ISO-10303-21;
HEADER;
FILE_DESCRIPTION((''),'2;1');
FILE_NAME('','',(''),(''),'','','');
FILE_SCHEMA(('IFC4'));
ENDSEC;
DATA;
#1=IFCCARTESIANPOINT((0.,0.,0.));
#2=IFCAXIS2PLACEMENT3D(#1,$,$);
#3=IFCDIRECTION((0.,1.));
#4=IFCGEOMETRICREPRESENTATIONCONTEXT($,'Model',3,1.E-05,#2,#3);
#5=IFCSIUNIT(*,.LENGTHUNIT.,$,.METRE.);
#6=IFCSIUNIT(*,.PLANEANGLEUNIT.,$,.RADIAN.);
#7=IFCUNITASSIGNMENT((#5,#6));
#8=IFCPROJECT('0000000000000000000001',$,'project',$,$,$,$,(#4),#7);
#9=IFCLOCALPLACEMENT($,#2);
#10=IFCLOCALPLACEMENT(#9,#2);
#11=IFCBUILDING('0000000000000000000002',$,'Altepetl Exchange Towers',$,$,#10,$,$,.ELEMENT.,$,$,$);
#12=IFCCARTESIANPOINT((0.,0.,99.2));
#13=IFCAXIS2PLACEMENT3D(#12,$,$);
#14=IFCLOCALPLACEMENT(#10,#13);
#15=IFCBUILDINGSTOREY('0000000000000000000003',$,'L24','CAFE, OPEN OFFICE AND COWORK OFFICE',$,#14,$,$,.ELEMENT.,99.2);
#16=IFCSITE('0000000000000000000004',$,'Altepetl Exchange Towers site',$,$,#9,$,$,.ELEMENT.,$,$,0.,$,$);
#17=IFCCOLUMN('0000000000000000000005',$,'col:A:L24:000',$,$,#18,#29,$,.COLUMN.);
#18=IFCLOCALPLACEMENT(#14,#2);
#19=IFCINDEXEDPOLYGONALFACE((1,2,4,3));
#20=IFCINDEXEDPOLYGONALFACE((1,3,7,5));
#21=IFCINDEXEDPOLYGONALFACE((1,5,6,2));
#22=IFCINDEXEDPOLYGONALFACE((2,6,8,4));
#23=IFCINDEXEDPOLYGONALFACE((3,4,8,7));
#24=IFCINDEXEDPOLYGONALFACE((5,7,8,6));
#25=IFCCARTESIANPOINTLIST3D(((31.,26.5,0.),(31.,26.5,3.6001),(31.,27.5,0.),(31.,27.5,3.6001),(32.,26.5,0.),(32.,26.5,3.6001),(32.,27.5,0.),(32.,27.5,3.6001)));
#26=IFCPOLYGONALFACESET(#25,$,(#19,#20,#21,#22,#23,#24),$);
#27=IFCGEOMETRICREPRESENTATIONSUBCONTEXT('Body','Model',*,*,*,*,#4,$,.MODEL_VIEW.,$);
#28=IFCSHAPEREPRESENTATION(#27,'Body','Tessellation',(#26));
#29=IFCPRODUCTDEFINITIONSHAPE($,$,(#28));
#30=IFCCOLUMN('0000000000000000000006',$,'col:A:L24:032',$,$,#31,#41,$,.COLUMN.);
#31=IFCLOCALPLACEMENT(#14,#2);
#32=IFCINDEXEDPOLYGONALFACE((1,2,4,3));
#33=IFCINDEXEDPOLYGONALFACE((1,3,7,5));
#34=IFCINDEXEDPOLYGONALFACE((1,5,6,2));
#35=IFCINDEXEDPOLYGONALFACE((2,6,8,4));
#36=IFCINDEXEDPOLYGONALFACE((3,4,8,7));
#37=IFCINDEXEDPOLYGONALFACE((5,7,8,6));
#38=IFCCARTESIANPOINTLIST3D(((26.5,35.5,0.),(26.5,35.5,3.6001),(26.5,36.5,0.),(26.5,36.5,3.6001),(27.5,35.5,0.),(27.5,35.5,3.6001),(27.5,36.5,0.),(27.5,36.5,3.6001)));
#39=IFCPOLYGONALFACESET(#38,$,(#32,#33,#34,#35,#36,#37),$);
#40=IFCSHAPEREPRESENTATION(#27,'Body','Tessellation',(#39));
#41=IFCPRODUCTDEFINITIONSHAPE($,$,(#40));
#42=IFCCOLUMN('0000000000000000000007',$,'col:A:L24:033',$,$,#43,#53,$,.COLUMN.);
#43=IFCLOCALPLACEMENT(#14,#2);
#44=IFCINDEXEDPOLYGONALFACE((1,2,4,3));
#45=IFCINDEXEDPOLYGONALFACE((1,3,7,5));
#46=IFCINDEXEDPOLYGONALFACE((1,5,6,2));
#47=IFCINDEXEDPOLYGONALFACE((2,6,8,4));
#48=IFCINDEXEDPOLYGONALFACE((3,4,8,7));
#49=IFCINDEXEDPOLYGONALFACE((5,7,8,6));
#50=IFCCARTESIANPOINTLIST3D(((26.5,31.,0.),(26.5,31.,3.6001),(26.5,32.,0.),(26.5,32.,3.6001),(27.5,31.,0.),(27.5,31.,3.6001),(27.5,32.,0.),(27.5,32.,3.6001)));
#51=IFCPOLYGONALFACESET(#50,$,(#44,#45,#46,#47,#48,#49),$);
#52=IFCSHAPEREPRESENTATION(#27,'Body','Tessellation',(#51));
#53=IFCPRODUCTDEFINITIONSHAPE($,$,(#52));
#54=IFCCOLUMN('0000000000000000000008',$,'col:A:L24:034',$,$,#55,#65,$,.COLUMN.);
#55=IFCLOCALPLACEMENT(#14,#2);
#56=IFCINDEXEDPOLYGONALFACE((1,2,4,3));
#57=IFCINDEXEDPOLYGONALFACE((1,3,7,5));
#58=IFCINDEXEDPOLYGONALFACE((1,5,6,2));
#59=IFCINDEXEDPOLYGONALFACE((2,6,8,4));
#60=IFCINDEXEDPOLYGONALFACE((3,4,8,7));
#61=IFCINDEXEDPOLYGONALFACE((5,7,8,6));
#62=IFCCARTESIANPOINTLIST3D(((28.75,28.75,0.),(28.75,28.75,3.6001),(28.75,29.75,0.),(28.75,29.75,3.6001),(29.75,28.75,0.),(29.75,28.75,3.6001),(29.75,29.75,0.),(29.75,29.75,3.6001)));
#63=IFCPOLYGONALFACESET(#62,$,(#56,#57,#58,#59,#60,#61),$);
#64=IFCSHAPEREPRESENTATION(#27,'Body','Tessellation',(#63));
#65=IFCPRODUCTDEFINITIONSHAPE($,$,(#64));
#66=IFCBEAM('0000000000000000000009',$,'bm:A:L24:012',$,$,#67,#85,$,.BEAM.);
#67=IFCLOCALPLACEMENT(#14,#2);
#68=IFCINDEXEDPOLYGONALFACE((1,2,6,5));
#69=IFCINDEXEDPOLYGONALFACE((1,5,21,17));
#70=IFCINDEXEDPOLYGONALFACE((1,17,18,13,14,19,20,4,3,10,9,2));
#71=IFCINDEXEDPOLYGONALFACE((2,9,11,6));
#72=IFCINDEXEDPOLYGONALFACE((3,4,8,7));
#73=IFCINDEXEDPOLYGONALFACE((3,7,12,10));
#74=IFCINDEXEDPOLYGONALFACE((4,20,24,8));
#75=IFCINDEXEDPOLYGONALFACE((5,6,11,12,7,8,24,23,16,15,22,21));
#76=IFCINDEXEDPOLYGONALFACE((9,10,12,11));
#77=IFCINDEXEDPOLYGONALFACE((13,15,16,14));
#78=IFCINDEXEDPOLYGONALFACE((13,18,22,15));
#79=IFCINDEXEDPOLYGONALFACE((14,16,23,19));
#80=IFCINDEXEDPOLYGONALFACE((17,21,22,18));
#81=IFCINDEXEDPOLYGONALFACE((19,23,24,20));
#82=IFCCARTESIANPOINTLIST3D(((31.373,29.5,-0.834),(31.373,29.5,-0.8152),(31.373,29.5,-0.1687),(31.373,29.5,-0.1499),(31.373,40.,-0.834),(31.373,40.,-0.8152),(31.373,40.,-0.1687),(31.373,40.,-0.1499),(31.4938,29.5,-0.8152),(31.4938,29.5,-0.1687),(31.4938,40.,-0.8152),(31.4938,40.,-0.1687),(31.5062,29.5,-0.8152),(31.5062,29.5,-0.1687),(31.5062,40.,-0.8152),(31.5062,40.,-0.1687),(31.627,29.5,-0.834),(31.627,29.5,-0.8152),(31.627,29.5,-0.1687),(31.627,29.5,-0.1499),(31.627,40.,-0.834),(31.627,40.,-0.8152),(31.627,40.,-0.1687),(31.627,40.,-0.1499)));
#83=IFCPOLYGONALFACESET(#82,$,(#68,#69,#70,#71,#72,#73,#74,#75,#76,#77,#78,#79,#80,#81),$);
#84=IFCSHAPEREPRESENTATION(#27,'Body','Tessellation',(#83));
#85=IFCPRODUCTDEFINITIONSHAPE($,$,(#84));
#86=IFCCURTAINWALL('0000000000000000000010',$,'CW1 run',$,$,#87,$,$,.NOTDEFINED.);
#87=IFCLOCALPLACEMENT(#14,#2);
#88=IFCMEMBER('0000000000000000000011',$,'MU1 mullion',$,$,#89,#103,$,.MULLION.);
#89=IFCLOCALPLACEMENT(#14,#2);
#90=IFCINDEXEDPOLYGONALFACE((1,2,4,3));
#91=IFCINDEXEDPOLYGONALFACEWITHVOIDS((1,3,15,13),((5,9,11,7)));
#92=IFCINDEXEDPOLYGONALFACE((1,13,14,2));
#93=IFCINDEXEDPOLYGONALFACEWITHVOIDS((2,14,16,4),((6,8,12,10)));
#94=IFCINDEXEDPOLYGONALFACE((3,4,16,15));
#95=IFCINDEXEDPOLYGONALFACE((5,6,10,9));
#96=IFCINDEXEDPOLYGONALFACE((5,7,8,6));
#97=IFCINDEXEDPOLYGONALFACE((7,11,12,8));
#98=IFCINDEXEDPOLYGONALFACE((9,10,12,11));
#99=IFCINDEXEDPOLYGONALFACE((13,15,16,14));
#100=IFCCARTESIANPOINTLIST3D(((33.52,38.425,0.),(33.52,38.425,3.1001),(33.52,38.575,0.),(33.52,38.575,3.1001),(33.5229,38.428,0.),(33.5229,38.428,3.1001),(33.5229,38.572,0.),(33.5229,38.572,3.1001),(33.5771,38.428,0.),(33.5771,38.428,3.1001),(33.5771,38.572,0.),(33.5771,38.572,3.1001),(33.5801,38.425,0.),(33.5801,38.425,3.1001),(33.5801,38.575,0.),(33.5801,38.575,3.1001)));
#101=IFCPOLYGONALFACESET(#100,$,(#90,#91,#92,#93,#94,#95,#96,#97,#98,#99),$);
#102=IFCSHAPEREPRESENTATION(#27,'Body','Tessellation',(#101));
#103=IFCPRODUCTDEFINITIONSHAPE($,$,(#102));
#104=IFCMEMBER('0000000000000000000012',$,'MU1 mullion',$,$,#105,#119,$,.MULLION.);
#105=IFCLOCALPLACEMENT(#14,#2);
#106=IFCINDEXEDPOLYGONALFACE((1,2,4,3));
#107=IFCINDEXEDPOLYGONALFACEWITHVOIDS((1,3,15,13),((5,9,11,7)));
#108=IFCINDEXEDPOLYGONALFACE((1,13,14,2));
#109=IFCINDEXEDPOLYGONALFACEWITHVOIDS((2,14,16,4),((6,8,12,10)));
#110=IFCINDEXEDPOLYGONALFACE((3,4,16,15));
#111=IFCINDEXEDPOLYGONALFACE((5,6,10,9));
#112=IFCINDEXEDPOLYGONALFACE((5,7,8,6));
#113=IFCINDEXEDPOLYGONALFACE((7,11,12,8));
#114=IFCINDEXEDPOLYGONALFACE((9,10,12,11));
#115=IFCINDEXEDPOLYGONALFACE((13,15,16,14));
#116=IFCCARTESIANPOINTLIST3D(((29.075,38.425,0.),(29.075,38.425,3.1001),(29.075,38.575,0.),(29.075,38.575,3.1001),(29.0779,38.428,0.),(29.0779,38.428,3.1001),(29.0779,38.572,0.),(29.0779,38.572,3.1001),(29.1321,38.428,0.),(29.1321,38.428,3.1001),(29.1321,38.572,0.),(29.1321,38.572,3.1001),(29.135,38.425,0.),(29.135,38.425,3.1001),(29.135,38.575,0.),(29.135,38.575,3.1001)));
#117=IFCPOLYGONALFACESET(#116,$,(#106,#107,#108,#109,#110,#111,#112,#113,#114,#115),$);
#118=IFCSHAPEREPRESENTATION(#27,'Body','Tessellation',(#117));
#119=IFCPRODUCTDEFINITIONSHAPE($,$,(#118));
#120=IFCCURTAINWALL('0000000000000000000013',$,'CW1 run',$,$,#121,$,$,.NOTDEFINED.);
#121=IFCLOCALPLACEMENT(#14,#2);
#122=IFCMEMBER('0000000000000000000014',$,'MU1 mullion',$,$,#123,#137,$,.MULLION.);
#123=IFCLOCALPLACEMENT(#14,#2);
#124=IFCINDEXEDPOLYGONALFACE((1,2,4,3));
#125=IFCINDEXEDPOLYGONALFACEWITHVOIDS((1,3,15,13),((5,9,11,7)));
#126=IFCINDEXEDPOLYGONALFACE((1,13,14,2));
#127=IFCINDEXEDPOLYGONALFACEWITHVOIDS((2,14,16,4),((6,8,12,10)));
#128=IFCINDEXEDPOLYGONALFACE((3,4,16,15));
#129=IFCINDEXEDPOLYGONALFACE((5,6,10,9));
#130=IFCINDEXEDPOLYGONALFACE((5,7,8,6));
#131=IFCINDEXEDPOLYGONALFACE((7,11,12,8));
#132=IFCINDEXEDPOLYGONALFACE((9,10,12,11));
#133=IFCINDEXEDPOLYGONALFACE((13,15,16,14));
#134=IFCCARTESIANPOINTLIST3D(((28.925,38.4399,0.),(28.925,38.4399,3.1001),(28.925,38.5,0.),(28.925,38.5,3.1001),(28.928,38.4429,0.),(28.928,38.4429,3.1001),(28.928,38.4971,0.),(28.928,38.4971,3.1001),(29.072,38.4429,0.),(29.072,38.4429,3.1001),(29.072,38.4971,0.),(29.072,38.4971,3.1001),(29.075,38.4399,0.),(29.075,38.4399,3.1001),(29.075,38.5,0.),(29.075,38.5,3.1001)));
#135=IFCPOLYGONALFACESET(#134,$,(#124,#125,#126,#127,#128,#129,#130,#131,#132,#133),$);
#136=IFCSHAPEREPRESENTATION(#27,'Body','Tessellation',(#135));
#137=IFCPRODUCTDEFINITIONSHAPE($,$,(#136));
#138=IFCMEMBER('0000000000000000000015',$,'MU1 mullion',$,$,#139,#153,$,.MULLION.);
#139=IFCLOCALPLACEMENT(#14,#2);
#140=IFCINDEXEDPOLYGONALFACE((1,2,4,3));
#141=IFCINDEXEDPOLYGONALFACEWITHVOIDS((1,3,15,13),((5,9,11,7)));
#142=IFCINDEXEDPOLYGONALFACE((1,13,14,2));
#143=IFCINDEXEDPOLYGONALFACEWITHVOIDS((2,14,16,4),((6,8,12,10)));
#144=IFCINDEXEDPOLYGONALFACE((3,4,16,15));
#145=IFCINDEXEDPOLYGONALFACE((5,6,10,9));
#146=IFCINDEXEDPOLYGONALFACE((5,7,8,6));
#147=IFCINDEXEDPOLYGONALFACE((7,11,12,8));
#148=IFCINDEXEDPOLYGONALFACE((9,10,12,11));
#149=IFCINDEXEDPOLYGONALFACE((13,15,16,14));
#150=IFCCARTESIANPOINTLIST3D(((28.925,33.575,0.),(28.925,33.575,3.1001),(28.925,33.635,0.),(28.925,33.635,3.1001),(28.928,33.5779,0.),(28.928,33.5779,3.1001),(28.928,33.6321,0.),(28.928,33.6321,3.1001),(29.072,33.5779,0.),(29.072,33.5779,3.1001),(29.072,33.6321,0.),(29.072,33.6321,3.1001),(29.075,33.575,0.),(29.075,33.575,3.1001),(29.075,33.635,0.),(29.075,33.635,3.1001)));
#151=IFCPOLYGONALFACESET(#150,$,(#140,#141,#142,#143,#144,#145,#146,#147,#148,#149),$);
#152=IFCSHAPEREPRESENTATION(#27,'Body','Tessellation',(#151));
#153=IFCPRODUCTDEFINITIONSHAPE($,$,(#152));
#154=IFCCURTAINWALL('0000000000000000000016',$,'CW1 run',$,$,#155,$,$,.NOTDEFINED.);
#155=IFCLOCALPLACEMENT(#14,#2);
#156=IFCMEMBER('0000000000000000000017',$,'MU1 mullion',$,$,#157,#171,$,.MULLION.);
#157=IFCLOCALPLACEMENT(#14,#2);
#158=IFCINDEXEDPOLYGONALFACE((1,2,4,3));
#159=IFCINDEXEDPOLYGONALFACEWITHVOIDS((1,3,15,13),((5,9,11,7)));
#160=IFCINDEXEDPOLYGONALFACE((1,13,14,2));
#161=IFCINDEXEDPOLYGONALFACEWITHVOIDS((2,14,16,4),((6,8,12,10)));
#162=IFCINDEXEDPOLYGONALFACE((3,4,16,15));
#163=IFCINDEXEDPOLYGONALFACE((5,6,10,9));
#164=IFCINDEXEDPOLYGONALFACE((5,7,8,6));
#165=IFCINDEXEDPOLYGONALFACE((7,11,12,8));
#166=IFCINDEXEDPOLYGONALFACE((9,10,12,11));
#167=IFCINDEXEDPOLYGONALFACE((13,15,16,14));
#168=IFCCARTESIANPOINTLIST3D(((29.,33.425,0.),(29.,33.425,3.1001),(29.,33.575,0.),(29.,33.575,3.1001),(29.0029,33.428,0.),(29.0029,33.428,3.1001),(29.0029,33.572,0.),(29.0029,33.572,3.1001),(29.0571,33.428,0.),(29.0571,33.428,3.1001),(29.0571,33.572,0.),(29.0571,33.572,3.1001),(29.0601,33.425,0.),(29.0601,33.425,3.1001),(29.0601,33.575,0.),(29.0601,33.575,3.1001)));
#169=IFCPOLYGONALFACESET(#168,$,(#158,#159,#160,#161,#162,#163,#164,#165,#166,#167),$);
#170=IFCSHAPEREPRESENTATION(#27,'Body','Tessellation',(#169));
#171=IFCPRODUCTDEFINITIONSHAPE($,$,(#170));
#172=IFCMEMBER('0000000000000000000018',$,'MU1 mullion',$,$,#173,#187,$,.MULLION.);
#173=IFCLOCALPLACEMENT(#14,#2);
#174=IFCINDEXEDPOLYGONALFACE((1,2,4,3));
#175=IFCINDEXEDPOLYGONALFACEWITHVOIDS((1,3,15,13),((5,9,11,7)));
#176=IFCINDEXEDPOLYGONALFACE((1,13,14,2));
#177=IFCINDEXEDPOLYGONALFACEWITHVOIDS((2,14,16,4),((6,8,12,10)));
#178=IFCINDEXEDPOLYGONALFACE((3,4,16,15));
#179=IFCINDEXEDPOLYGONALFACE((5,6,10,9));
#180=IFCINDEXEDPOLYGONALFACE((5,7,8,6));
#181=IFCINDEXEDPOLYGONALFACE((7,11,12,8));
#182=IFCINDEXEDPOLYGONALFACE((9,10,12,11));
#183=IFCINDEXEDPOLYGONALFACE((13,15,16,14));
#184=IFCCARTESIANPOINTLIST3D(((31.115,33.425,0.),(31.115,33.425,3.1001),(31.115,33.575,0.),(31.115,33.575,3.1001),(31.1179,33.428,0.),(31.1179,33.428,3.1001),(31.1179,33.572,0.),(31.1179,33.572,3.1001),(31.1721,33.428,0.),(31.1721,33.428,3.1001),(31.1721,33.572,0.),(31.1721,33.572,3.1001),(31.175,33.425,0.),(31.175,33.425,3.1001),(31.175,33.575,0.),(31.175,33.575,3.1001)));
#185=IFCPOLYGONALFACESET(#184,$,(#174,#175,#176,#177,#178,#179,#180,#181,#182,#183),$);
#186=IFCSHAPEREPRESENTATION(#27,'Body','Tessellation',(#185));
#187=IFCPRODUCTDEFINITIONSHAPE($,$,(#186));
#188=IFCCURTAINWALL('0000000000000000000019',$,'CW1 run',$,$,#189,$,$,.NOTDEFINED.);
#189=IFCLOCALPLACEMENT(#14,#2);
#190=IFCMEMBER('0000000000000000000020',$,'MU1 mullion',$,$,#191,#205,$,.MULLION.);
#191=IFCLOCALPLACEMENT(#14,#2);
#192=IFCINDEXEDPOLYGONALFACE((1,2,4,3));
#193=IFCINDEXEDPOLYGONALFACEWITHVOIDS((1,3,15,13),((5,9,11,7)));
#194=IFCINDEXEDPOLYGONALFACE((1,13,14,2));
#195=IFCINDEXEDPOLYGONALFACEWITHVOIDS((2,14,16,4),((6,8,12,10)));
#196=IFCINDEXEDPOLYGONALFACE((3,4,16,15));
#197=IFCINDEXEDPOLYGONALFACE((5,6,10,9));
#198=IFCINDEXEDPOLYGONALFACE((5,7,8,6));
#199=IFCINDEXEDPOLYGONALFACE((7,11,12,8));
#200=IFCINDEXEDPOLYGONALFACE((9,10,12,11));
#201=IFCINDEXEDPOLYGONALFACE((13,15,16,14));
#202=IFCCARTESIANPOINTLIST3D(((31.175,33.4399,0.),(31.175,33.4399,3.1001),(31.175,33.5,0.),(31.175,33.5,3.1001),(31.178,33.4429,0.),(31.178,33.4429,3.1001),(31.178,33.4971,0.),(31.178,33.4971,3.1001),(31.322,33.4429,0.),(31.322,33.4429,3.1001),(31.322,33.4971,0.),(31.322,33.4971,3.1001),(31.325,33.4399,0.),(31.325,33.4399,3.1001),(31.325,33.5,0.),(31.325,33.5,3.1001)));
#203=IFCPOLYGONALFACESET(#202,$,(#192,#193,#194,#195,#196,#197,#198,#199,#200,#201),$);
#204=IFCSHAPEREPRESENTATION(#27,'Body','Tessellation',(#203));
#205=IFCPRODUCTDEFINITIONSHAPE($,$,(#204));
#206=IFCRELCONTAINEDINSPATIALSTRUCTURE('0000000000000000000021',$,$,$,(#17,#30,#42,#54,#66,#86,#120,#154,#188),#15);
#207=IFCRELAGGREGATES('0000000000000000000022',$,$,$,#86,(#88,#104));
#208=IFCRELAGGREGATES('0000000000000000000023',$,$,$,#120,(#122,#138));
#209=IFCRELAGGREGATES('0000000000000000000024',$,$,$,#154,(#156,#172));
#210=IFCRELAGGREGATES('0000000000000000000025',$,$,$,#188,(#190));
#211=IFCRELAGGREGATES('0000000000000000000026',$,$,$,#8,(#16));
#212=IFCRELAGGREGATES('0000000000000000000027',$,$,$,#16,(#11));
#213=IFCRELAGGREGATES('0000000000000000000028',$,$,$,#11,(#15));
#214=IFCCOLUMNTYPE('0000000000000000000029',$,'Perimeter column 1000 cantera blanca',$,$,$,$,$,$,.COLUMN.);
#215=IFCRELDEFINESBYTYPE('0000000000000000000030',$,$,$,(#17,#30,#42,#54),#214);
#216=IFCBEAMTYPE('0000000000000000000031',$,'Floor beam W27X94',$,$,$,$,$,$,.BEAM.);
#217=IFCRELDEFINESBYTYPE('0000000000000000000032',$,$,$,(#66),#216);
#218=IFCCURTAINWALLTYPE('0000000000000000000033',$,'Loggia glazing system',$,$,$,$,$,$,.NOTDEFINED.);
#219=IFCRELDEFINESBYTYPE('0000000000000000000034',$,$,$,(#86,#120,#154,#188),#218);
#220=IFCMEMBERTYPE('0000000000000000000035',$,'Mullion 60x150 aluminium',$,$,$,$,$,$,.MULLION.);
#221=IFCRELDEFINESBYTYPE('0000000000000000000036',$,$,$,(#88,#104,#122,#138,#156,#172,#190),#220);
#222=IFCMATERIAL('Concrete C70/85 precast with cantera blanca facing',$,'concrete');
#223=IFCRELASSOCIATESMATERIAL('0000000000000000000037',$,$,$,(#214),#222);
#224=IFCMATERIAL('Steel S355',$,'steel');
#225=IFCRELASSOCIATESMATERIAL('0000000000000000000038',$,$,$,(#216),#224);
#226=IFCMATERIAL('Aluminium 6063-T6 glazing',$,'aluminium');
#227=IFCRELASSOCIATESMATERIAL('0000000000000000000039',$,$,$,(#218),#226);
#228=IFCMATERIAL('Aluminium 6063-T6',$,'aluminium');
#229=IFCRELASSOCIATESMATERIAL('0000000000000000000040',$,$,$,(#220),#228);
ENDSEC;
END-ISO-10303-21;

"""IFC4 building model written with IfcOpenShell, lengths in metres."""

from ifc_helpers import new_model, si_unit, direction, frame, origin, origin_2d, place, context, subcontext, project, spatial, rectangle, hollow_rectangle, i_section, extrude, material, material_profile, profile_set, type_object, element, aggregate, save


model = new_model("IFC4")

# Units and contexts
model_context = context("Model", 3, precision=1e-05, world=origin(), true_north=direction((0.0, 1.0)))
body_context = subcontext(model_context, "Body", "Model", "MODEL_VIEW")
ifc_project = project(units=[si_unit("LENGTHUNIT", "METRE"), si_unit("PLANEANGLEUNIT", "RADIAN")], contexts=[model_context])

# Site, building, storey
site_placement = place(None, origin())
site = spatial("IfcSite", under=ifc_project, at=site_placement, Name="Altepetl Exchange Towers site", CompositionType="ELEMENT", RefElevation=0.0)
building_placement = place(site_placement, origin())
building = spatial("IfcBuilding", under=site, at=building_placement, Name="Altepetl Exchange Towers", CompositionType="ELEMENT")
storey_placement = place(building_placement, frame((0.0, 0.0, 99.2)))
storey = spatial("IfcBuildingStorey", under=building, at=storey_placement, Name="L24", Description="CAFE, OPEN OFFICE AND COWORK OFFICE", CompositionType="ELEMENT", Elevation=99.2)

# Columns
ifc_material_1 = material(Name="Concrete C70/85 precast with cantera blanca facing", Category="concrete")
ifc_material_profile_1 = material_profile(ifc_material_1, rectangle(XDim=1.0, YDim=1.0, at=origin_2d()), Name="1000 x 1000")
ifc_profile_set_1 = profile_set([ifc_material_profile_1], Name="Concrete C70/85 precast with cantera blanca facing")
column_type = type_object("IfcColumnType", Name="Perimeter column 1000 cantera blanca", PredefinedType="COLUMN", material=ifc_profile_set_1)
for number, where, name in (
    (1, (31.5, 27.0, 0.0), "col:A:L24:000"),
    (2, (27.0, 36.0, 0.0), "col:A:L24:032"),
    (3, (27.0, 31.5, 0.0), "col:A:L24:033"),
    (4, (29.25, 29.25, 0.0), "col:A:L24:034"),
):
    element("IfcColumn", number, at=place(storey_placement, frame(where)), inside=storey, type_object=column_type, Name=name, PredefinedType="COLUMN", context=body_context, shape_type="SweptSolid", body=[
        extrude(rectangle(XDim=1.0, YDim=1.0, at=origin_2d()), origin(), (0.0, 0.0, 1.0), 3.6001),
    ])

# Beam
ifc_material_2 = material(Name="Steel S355", Category="steel")
ifc_material_profile_2 = material_profile(ifc_material_2, i_section(OverallWidth=0.2539, OverallDepth=0.6841, WebThickness=0.0125, FlangeThickness=0.0188, at=origin_2d()), Name="W27X94")
ifc_profile_set_2 = profile_set([ifc_material_profile_2], Name="Steel S355")
beam_type_1 = type_object("IfcBeamType", Name="Floor beam W27X94", PredefinedType="BEAM", material=ifc_profile_set_2)
beam_1_placement = place(storey_placement, frame((31.5, 29.5, -0.4919), z_axis=(0.0, 1.0, 0.0), x_axis=(-1.0, 0.0, 0.0)))
element("IfcBeam", 5, at=beam_1_placement, inside=storey, type_object=beam_type_1, Name="bm:A:L24:012", PredefinedType="BEAM", context=body_context, shape_type="SweptSolid", body=[
    extrude(i_section(OverallWidth=0.2539, OverallDepth=0.6841, WebThickness=0.0125, FlangeThickness=0.0188, at=origin_2d()), origin(), (0.0, 0.0, 1.0), 10.5),
])

# Curtain walls, members
ifc_material_3 = material(Name="Aluminium 6063-T6 glazing", Category="aluminium")
curtain_wall_type = type_object("IfcCurtainWallType", Name="Loggia glazing system", PredefinedType="NOTDEFINED", material=ifc_material_3)
curtain_wall_1_placement = place(storey_placement, origin())
curtain_wall_1 = element("IfcCurtainWall", 6, at=curtain_wall_1_placement, inside=storey, type_object=curtain_wall_type, Name="CW1 run", PredefinedType="NOTDEFINED")
ifc_material_4 = material(Name="Aluminium 6063-T6", Category="aluminium")
ifc_material_profile_3 = material_profile(ifc_material_4, hollow_rectangle(XDim=0.0601, YDim=0.1499, WallThickness=0.0029, at=origin_2d()), Name="Mullion 60x150 aluminium")
ifc_profile_set_3 = profile_set([ifc_material_profile_3], Name="Aluminium 6063-T6")
member_type = type_object("IfcMemberType", Name="Mullion 60x150 aluminium", PredefinedType="MULLION", material=ifc_profile_set_3)
member_1_placement = place(storey_placement, frame((33.55, 38.5, 0.0), z_axis=(0.0, 0.0, 1.0), x_axis=(-1.0, 0.0, 0.0)))
member_1 = element("IfcMember", 7, at=member_1_placement, type_object=member_type, Name="MU1 mullion", PredefinedType="MULLION", context=body_context, shape_type="SweptSolid", body=[
    extrude(hollow_rectangle(XDim=0.0601, YDim=0.1499, WallThickness=0.0029, at=origin_2d()), origin(), (0.0, 0.0, 1.0), 3.1001),
])
member_2_placement = place(storey_placement, frame((29.105, 38.5, 0.0), z_axis=(0.0, 0.0, 1.0), x_axis=(-1.0, 0.0, 0.0)))
member_2 = element("IfcMember", 8, at=member_2_placement, type_object=member_type, Name="MU1 mullion", PredefinedType="MULLION", context=body_context, shape_type="SweptSolid", body=[
    extrude(hollow_rectangle(XDim=0.0601, YDim=0.1499, WallThickness=0.0029, at=origin_2d()), origin(), (0.0, 0.0, 1.0), 3.1001),
])
curtain_wall_2_placement = place(storey_placement, origin())
curtain_wall_2 = element("IfcCurtainWall", 9, at=curtain_wall_2_placement, inside=storey, type_object=curtain_wall_type, Name="CW1 run", PredefinedType="NOTDEFINED")
member_3_placement = place(storey_placement, frame((29.0, 38.47, 0.0), z_axis=(0.0, 0.0, 1.0), x_axis=(0.0, -1.0, 0.0)))
member_3 = element("IfcMember", 10, at=member_3_placement, type_object=member_type, Name="MU1 mullion", PredefinedType="MULLION", context=body_context, shape_type="SweptSolid", body=[
    extrude(hollow_rectangle(XDim=0.0601, YDim=0.1499, WallThickness=0.0029, at=origin_2d()), origin(), (0.0, 0.0, 1.0), 3.1001),
])
member_4_placement = place(storey_placement, frame((29.0, 33.605, 0.0), z_axis=(0.0, 0.0, 1.0), x_axis=(0.0, -1.0, 0.0)))
member_4 = element("IfcMember", 11, at=member_4_placement, type_object=member_type, Name="MU1 mullion", PredefinedType="MULLION", context=body_context, shape_type="SweptSolid", body=[
    extrude(hollow_rectangle(XDim=0.0601, YDim=0.1499, WallThickness=0.0029, at=origin_2d()), origin(), (0.0, 0.0, 1.0), 3.1001),
])
curtain_wall_3_placement = place(storey_placement, origin())
curtain_wall_3 = element("IfcCurtainWall", 12, at=curtain_wall_3_placement, inside=storey, type_object=curtain_wall_type, Name="CW1 run", PredefinedType="NOTDEFINED")
member_5_placement = place(storey_placement, frame((29.03, 33.5, 0.0)))
member_5 = element("IfcMember", 13, at=member_5_placement, type_object=member_type, Name="MU1 mullion", PredefinedType="MULLION", context=body_context, shape_type="SweptSolid", body=[
    extrude(hollow_rectangle(XDim=0.0601, YDim=0.1499, WallThickness=0.0029, at=origin_2d()), origin(), (0.0, 0.0, 1.0), 3.1001),
])
member_6_placement = place(storey_placement, frame((31.145, 33.5, 0.0)))
member_6 = element("IfcMember", 14, at=member_6_placement, type_object=member_type, Name="MU1 mullion", PredefinedType="MULLION", context=body_context, shape_type="SweptSolid", body=[
    extrude(hollow_rectangle(XDim=0.0601, YDim=0.1499, WallThickness=0.0029, at=origin_2d()), origin(), (0.0, 0.0, 1.0), 3.1001),
])
curtain_wall_4_placement = place(storey_placement, origin())
curtain_wall_4 = element("IfcCurtainWall", 15, at=curtain_wall_4_placement, inside=storey, type_object=curtain_wall_type, Name="CW1 run", PredefinedType="NOTDEFINED")
member_7_placement = place(storey_placement, frame((31.25, 33.47, 0.0), z_axis=(0.0, 0.0, 1.0), x_axis=(0.0, -1.0, 0.0)))
member_7 = element("IfcMember", 16, at=member_7_placement, type_object=member_type, Name="MU1 mullion", PredefinedType="MULLION", context=body_context, shape_type="SweptSolid", body=[
    extrude(hollow_rectangle(XDim=0.0601, YDim=0.1499, WallThickness=0.0029, at=origin_2d()), origin(), (0.0, 0.0, 1.0), 3.1001),
])

aggregate(curtain_wall_1, [member_1, member_2])
aggregate(curtain_wall_2, [member_3, member_4])
aggregate(curtain_wall_3, [member_5, member_6])
aggregate(curtain_wall_4, [member_7])

save(model, "model.ifc")
